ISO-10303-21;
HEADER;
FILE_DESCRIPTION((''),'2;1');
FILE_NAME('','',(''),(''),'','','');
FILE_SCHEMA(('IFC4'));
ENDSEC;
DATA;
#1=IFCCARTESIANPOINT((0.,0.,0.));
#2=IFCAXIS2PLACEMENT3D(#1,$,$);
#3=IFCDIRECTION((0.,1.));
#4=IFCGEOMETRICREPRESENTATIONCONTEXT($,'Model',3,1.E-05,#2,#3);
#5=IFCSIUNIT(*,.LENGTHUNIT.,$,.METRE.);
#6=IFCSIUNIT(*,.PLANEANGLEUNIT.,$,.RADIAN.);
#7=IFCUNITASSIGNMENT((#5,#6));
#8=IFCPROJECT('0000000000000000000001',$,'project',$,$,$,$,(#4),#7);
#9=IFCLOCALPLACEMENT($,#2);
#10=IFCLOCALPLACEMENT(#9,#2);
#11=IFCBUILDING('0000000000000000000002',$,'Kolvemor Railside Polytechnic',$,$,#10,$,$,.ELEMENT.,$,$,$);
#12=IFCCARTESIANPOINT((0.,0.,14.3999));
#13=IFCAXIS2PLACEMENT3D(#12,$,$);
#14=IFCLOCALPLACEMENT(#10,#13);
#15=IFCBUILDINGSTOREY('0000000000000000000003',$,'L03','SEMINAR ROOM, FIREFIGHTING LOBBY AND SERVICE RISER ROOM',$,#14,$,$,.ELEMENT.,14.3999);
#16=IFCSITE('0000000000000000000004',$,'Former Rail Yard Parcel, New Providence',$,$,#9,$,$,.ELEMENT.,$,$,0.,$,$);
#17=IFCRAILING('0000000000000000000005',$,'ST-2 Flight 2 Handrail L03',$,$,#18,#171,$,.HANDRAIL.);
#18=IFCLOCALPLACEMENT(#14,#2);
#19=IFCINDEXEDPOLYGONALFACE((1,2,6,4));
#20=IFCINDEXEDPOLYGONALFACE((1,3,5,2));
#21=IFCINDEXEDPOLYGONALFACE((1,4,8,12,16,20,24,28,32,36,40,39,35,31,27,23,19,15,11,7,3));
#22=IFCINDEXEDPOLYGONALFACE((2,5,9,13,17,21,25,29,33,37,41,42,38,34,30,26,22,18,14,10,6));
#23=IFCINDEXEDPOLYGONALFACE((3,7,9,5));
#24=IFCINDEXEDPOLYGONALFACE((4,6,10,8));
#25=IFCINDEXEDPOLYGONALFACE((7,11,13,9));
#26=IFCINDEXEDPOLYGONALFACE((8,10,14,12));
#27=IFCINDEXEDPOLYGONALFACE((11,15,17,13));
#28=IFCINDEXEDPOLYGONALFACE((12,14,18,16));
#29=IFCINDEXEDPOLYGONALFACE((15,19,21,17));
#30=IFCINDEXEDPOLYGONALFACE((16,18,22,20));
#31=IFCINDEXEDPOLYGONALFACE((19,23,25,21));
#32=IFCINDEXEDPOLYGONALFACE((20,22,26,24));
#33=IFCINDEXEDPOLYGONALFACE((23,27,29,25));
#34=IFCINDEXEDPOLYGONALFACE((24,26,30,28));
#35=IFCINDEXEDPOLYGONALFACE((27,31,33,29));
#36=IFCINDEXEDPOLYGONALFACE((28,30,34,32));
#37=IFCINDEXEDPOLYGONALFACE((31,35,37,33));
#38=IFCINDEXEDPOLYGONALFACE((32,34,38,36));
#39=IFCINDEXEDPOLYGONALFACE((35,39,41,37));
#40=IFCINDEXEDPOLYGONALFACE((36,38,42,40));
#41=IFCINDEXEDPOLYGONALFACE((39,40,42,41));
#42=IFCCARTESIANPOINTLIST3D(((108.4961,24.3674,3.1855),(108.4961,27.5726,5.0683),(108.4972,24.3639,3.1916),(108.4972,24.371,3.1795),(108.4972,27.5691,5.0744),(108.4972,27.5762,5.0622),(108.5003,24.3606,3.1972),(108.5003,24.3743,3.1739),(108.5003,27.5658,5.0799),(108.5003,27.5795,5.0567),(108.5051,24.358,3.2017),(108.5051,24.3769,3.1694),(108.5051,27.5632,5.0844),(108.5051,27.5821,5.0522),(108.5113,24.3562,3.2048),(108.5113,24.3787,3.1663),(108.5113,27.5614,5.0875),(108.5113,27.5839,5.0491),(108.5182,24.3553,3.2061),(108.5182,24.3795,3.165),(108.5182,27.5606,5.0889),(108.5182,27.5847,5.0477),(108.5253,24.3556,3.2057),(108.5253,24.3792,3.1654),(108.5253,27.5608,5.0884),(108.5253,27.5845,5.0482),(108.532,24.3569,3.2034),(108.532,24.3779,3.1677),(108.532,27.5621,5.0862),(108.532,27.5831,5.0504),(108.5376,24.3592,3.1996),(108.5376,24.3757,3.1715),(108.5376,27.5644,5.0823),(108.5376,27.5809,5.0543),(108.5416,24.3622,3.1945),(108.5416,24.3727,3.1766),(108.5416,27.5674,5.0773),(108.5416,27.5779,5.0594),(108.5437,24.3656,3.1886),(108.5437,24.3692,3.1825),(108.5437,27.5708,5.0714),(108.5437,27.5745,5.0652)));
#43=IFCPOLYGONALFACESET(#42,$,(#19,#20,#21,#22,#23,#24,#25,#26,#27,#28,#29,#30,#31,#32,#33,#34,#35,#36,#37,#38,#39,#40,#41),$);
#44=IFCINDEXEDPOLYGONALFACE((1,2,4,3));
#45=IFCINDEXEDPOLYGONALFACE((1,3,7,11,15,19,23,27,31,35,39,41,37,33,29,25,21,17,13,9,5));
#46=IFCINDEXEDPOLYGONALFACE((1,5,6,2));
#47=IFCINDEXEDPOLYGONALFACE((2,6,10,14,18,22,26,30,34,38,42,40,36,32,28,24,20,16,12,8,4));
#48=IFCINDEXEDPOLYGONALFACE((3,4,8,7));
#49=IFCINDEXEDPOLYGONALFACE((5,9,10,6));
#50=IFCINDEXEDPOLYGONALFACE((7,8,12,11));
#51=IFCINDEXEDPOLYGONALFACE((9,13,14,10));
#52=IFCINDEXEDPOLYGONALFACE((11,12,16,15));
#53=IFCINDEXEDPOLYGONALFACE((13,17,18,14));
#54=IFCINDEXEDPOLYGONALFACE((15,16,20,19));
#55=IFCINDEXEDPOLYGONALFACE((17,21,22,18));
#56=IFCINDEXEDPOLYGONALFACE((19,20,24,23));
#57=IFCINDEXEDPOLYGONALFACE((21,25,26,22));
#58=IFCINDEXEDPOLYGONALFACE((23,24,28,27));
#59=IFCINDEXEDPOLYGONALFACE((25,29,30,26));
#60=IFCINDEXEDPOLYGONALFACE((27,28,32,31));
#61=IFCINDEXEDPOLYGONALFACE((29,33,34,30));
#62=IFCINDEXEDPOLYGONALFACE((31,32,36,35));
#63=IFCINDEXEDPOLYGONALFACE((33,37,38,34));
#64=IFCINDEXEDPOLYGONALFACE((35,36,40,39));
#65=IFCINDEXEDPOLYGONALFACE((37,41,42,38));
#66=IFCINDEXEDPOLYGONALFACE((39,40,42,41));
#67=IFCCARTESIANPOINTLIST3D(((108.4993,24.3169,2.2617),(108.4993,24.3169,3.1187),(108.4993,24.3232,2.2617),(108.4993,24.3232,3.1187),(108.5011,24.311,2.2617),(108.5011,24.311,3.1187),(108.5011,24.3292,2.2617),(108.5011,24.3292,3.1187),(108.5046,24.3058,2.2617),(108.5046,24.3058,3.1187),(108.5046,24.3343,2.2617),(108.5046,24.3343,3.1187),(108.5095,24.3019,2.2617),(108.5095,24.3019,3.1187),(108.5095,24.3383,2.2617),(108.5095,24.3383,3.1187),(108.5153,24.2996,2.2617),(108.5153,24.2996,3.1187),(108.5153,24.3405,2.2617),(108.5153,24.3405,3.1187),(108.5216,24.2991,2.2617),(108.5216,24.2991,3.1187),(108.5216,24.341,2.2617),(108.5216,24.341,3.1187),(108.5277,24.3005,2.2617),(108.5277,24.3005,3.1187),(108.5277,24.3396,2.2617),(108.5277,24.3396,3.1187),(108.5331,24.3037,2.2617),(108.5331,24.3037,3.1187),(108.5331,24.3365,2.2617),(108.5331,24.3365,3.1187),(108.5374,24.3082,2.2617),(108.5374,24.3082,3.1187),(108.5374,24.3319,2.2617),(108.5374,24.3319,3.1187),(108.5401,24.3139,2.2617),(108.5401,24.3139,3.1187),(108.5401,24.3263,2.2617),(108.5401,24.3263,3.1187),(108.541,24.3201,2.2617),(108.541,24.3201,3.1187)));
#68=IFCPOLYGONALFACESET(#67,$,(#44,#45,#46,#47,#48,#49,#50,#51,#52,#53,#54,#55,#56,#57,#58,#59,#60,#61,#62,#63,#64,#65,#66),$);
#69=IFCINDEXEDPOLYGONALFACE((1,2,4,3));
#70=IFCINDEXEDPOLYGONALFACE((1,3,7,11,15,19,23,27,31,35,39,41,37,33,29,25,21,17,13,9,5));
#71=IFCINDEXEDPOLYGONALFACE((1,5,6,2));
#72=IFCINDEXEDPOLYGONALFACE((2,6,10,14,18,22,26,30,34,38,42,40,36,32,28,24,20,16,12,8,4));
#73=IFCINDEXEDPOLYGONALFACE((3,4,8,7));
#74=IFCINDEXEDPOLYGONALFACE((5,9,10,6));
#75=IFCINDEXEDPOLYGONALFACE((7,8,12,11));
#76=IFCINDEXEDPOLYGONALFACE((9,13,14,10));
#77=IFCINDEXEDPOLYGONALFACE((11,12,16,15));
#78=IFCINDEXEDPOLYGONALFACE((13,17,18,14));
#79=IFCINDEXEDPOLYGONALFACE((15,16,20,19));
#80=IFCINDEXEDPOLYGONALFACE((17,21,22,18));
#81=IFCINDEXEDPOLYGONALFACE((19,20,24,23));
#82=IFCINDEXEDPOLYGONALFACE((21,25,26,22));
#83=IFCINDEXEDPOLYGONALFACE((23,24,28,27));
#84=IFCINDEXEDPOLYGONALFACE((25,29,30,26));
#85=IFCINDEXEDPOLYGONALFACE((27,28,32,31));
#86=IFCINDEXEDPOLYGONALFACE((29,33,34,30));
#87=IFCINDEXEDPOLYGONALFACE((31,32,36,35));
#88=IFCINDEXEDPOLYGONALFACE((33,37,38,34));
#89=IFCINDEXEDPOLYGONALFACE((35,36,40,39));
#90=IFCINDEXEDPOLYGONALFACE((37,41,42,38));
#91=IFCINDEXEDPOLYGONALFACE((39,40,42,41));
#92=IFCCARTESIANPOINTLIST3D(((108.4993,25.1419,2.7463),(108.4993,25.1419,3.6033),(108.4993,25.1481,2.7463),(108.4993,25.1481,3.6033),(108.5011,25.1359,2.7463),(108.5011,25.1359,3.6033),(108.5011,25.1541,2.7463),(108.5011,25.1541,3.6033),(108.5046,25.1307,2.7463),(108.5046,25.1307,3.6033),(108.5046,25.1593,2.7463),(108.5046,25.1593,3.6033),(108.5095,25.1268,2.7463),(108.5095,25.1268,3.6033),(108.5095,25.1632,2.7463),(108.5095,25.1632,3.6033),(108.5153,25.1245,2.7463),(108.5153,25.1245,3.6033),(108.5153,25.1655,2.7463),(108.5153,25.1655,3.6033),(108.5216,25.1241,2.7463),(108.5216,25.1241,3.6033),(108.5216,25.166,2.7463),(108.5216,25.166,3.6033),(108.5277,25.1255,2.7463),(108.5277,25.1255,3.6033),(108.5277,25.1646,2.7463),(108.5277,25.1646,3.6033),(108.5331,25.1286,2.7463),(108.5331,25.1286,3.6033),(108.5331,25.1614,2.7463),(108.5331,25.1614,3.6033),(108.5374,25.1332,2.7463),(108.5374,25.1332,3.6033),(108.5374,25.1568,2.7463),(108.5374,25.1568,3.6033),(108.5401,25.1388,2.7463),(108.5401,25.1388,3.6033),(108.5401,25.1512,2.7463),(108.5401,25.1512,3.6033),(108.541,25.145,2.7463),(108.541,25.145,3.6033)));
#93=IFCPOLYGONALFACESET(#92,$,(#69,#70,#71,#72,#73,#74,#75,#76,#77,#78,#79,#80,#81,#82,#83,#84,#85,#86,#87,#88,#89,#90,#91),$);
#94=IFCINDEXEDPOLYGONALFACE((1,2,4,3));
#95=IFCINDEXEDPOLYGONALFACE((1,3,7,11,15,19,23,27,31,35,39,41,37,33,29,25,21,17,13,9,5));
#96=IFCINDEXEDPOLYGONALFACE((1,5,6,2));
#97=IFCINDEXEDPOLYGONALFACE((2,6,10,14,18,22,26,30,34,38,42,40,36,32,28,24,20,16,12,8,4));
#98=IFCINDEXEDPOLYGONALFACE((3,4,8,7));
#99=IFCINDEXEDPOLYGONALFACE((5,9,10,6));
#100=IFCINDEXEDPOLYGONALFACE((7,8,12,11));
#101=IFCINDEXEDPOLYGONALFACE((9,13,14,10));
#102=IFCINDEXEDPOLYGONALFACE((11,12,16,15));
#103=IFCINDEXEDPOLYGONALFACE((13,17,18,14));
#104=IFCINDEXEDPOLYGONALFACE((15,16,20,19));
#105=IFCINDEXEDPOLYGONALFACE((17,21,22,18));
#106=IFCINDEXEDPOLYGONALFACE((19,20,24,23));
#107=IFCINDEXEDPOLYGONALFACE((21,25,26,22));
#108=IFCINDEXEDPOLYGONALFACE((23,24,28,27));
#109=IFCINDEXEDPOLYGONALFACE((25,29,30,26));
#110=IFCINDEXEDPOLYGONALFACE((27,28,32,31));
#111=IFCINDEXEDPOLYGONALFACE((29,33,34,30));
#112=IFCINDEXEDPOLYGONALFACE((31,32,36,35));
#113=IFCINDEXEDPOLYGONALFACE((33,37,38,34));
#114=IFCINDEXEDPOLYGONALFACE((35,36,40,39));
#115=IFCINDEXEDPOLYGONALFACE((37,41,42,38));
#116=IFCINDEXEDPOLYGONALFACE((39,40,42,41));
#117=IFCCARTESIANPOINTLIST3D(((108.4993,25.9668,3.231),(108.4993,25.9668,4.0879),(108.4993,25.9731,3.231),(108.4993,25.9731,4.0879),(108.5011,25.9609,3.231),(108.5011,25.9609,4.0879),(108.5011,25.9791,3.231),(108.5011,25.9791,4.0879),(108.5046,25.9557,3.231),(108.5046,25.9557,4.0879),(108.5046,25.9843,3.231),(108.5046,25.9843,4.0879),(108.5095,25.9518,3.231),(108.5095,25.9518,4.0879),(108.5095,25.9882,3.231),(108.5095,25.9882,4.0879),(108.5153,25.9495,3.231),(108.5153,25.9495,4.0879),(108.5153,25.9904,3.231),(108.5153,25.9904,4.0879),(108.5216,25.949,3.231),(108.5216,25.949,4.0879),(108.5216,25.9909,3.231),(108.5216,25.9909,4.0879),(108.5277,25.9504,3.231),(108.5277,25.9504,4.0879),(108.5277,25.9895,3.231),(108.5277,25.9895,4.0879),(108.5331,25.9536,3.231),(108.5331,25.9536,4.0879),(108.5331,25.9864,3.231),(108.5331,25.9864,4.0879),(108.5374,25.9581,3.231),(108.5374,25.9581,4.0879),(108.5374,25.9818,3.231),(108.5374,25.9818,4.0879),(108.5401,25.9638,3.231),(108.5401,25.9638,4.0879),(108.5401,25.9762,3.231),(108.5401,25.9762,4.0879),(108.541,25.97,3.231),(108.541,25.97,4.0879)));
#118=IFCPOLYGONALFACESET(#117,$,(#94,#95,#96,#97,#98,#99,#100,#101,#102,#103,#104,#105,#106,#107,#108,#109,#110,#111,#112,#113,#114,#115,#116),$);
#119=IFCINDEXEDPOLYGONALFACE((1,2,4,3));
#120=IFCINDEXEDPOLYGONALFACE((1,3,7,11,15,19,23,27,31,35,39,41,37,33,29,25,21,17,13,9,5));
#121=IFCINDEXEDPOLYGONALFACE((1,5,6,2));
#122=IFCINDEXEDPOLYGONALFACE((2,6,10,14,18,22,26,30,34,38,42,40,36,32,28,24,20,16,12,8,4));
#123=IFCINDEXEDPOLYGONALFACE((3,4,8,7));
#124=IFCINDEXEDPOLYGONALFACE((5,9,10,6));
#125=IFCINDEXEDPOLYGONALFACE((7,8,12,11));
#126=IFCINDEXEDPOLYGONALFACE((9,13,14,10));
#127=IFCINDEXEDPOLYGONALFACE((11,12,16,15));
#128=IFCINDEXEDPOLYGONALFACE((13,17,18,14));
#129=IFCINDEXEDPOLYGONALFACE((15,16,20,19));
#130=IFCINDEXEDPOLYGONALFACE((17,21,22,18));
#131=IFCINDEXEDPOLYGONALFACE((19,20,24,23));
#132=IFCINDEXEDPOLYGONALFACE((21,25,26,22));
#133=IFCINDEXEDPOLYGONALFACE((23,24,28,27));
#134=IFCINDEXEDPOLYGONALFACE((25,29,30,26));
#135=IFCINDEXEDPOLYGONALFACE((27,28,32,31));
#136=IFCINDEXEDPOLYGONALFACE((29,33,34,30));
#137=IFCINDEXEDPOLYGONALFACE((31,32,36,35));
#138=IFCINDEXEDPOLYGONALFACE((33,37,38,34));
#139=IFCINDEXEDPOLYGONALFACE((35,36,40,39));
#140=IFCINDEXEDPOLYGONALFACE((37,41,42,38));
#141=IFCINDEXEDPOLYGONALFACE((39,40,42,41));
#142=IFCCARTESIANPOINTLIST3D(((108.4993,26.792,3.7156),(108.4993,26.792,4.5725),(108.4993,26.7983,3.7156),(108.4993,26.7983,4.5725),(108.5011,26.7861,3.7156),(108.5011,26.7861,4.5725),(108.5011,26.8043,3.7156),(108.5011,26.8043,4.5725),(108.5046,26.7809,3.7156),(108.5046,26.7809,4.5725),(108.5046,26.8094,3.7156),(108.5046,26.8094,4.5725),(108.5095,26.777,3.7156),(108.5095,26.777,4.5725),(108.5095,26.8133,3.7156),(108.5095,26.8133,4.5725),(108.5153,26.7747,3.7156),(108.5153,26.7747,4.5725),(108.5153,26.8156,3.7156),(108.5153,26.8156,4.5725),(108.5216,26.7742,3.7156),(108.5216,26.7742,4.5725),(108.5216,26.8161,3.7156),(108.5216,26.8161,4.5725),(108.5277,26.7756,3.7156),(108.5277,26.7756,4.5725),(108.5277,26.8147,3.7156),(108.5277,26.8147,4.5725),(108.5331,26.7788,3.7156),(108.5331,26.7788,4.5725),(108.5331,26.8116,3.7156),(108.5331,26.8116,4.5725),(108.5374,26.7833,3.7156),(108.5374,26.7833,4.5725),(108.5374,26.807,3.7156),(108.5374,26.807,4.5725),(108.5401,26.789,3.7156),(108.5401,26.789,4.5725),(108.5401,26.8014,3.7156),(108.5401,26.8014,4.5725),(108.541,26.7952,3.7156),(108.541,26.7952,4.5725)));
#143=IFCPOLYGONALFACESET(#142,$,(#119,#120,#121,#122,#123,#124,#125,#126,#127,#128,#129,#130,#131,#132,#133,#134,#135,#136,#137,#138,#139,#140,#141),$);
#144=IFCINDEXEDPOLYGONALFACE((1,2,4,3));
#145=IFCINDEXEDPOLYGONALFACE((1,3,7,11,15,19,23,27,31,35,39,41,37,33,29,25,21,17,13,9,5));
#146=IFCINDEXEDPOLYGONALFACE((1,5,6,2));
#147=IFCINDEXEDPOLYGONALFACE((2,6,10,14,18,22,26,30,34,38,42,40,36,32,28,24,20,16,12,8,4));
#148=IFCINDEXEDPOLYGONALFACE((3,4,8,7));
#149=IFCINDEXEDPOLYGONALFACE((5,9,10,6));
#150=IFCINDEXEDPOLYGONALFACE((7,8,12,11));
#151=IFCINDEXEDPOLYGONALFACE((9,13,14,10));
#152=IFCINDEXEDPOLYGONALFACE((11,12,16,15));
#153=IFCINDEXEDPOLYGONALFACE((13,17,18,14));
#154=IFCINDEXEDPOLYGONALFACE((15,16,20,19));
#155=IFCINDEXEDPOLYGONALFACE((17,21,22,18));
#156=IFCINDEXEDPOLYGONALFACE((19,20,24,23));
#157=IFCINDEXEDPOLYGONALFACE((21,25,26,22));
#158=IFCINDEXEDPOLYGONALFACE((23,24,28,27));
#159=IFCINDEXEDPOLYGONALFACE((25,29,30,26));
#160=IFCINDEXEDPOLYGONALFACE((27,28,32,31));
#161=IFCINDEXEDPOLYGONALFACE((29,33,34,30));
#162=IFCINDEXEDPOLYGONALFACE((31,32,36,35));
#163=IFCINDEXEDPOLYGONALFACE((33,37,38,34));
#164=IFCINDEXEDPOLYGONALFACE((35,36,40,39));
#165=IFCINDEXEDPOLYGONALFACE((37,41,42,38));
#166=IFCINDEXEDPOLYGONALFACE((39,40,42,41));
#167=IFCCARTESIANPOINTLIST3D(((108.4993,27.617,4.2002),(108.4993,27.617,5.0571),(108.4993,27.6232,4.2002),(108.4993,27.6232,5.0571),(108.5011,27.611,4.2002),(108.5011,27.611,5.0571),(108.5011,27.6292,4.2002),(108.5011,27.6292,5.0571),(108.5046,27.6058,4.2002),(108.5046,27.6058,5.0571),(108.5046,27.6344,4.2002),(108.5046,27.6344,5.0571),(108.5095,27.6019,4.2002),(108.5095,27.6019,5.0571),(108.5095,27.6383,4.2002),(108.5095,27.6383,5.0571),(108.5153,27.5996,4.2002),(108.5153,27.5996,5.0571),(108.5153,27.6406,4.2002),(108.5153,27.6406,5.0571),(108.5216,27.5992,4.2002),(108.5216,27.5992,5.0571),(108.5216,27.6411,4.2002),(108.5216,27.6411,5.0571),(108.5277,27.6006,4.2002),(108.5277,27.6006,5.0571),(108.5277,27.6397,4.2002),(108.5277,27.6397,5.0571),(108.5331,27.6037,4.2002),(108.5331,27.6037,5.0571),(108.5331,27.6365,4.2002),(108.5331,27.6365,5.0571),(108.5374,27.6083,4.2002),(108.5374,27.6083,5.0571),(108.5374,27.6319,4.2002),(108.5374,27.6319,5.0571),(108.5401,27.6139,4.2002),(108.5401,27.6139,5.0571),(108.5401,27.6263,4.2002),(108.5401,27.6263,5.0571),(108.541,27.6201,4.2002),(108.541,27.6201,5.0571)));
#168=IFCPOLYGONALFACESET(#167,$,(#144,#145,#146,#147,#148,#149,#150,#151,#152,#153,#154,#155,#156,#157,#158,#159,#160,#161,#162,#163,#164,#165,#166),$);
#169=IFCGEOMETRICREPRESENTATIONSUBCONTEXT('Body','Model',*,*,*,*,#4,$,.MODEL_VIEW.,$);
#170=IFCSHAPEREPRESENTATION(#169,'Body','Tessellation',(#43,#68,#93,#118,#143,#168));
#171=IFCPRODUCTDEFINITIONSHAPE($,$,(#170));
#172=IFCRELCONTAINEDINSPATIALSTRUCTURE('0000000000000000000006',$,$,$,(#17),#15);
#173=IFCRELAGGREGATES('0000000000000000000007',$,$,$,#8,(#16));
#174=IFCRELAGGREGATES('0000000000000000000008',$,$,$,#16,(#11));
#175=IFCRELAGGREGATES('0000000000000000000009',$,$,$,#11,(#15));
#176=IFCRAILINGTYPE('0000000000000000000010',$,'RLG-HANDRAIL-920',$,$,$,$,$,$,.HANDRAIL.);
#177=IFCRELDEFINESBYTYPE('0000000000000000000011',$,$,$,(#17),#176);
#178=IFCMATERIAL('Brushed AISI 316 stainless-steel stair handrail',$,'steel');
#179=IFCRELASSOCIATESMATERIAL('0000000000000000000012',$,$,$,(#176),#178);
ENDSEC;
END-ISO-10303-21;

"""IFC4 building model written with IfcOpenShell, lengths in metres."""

from ifc_helpers import new_model, si_unit, direction, frame, origin, origin_2d, place, context, subcontext, project, spatial, circle, extrude, material, type_object, element, save


model = new_model("IFC4")

# Units and contexts
model_context = context("Model", 3, precision=1e-05, world=origin(), true_north=direction((0.0, 1.0)))
body_context = subcontext(model_context, "Body", "Model", "MODEL_VIEW")
ifc_project = project(units=[si_unit("LENGTHUNIT", "METRE"), si_unit("PLANEANGLEUNIT", "RADIAN")], contexts=[model_context])

# Site, building, storey
site_placement = place(None, origin())
site = spatial("IfcSite", under=ifc_project, at=site_placement, Name="Former Rail Yard Parcel, New Providence", CompositionType="ELEMENT", RefElevation=0.0)
building_placement = place(site_placement, origin())
building = spatial("IfcBuilding", under=site, at=building_placement, Name="Kolvemor Railside Polytechnic", CompositionType="ELEMENT")
storey_placement = place(building_placement, frame((0.0, 0.0, 14.3999)))
storey = spatial("IfcBuildingStorey", under=building, at=storey_placement, Name="L03", Description="SEMINAR ROOM, FIREFIGHTING LOBBY AND SERVICE RISER ROOM", CompositionType="ELEMENT", Elevation=14.3999)

# Railing
ifc_material_1 = material(Name="Brushed AISI 316 stainless-steel stair handrail", Category="steel")
railing_type_1 = type_object("IfcRailingType", Name="RLG-HANDRAIL-920", PredefinedType="HANDRAIL", material=ifc_material_1)
railing_1_placement = place(storey_placement, frame((108.52, 24.3201, 2.2617)))
element("IfcRailing", 1, at=railing_1_placement, inside=storey, type_object=railing_type_1, Name="ST-2 Flight 2 Handrail L03", PredefinedType="HANDRAIL", context=body_context, shape_type="SweptSolid", body=[
    extrude(circle(Radius=0.0239, at=origin_2d()), frame((0.0, 0.0474, 0.9238), z_axis=(0.0, 0.862246, 0.50649), x_axis=(-1.0, 0.0, 0.0)), (0.0, 0.0, 1.0), 3.7173),
    extrude(circle(Radius=0.021, at=origin_2d()), origin(), (0.0, 0.0, 1.0), 0.8569),
    extrude(circle(Radius=0.021, at=origin_2d()), frame((0.0, 0.825, 0.4846)), (0.0, 0.0, 1.0), 0.8569),
    extrude(circle(Radius=0.021, at=origin_2d()), frame((0.0, 1.6499, 0.9692)), (0.0, 0.0, 1.0), 0.8569),
    extrude(circle(Radius=0.021, at=origin_2d()), frame((0.0, 2.4751, 1.4539)), (0.0, 0.0, 1.0), 0.8569),
    extrude(circle(Radius=0.021, at=origin_2d()), frame((0.0, 3.3, 1.9385)), (0.0, 0.0, 1.0), 0.8569),
])

save(model, "model.ifc")
